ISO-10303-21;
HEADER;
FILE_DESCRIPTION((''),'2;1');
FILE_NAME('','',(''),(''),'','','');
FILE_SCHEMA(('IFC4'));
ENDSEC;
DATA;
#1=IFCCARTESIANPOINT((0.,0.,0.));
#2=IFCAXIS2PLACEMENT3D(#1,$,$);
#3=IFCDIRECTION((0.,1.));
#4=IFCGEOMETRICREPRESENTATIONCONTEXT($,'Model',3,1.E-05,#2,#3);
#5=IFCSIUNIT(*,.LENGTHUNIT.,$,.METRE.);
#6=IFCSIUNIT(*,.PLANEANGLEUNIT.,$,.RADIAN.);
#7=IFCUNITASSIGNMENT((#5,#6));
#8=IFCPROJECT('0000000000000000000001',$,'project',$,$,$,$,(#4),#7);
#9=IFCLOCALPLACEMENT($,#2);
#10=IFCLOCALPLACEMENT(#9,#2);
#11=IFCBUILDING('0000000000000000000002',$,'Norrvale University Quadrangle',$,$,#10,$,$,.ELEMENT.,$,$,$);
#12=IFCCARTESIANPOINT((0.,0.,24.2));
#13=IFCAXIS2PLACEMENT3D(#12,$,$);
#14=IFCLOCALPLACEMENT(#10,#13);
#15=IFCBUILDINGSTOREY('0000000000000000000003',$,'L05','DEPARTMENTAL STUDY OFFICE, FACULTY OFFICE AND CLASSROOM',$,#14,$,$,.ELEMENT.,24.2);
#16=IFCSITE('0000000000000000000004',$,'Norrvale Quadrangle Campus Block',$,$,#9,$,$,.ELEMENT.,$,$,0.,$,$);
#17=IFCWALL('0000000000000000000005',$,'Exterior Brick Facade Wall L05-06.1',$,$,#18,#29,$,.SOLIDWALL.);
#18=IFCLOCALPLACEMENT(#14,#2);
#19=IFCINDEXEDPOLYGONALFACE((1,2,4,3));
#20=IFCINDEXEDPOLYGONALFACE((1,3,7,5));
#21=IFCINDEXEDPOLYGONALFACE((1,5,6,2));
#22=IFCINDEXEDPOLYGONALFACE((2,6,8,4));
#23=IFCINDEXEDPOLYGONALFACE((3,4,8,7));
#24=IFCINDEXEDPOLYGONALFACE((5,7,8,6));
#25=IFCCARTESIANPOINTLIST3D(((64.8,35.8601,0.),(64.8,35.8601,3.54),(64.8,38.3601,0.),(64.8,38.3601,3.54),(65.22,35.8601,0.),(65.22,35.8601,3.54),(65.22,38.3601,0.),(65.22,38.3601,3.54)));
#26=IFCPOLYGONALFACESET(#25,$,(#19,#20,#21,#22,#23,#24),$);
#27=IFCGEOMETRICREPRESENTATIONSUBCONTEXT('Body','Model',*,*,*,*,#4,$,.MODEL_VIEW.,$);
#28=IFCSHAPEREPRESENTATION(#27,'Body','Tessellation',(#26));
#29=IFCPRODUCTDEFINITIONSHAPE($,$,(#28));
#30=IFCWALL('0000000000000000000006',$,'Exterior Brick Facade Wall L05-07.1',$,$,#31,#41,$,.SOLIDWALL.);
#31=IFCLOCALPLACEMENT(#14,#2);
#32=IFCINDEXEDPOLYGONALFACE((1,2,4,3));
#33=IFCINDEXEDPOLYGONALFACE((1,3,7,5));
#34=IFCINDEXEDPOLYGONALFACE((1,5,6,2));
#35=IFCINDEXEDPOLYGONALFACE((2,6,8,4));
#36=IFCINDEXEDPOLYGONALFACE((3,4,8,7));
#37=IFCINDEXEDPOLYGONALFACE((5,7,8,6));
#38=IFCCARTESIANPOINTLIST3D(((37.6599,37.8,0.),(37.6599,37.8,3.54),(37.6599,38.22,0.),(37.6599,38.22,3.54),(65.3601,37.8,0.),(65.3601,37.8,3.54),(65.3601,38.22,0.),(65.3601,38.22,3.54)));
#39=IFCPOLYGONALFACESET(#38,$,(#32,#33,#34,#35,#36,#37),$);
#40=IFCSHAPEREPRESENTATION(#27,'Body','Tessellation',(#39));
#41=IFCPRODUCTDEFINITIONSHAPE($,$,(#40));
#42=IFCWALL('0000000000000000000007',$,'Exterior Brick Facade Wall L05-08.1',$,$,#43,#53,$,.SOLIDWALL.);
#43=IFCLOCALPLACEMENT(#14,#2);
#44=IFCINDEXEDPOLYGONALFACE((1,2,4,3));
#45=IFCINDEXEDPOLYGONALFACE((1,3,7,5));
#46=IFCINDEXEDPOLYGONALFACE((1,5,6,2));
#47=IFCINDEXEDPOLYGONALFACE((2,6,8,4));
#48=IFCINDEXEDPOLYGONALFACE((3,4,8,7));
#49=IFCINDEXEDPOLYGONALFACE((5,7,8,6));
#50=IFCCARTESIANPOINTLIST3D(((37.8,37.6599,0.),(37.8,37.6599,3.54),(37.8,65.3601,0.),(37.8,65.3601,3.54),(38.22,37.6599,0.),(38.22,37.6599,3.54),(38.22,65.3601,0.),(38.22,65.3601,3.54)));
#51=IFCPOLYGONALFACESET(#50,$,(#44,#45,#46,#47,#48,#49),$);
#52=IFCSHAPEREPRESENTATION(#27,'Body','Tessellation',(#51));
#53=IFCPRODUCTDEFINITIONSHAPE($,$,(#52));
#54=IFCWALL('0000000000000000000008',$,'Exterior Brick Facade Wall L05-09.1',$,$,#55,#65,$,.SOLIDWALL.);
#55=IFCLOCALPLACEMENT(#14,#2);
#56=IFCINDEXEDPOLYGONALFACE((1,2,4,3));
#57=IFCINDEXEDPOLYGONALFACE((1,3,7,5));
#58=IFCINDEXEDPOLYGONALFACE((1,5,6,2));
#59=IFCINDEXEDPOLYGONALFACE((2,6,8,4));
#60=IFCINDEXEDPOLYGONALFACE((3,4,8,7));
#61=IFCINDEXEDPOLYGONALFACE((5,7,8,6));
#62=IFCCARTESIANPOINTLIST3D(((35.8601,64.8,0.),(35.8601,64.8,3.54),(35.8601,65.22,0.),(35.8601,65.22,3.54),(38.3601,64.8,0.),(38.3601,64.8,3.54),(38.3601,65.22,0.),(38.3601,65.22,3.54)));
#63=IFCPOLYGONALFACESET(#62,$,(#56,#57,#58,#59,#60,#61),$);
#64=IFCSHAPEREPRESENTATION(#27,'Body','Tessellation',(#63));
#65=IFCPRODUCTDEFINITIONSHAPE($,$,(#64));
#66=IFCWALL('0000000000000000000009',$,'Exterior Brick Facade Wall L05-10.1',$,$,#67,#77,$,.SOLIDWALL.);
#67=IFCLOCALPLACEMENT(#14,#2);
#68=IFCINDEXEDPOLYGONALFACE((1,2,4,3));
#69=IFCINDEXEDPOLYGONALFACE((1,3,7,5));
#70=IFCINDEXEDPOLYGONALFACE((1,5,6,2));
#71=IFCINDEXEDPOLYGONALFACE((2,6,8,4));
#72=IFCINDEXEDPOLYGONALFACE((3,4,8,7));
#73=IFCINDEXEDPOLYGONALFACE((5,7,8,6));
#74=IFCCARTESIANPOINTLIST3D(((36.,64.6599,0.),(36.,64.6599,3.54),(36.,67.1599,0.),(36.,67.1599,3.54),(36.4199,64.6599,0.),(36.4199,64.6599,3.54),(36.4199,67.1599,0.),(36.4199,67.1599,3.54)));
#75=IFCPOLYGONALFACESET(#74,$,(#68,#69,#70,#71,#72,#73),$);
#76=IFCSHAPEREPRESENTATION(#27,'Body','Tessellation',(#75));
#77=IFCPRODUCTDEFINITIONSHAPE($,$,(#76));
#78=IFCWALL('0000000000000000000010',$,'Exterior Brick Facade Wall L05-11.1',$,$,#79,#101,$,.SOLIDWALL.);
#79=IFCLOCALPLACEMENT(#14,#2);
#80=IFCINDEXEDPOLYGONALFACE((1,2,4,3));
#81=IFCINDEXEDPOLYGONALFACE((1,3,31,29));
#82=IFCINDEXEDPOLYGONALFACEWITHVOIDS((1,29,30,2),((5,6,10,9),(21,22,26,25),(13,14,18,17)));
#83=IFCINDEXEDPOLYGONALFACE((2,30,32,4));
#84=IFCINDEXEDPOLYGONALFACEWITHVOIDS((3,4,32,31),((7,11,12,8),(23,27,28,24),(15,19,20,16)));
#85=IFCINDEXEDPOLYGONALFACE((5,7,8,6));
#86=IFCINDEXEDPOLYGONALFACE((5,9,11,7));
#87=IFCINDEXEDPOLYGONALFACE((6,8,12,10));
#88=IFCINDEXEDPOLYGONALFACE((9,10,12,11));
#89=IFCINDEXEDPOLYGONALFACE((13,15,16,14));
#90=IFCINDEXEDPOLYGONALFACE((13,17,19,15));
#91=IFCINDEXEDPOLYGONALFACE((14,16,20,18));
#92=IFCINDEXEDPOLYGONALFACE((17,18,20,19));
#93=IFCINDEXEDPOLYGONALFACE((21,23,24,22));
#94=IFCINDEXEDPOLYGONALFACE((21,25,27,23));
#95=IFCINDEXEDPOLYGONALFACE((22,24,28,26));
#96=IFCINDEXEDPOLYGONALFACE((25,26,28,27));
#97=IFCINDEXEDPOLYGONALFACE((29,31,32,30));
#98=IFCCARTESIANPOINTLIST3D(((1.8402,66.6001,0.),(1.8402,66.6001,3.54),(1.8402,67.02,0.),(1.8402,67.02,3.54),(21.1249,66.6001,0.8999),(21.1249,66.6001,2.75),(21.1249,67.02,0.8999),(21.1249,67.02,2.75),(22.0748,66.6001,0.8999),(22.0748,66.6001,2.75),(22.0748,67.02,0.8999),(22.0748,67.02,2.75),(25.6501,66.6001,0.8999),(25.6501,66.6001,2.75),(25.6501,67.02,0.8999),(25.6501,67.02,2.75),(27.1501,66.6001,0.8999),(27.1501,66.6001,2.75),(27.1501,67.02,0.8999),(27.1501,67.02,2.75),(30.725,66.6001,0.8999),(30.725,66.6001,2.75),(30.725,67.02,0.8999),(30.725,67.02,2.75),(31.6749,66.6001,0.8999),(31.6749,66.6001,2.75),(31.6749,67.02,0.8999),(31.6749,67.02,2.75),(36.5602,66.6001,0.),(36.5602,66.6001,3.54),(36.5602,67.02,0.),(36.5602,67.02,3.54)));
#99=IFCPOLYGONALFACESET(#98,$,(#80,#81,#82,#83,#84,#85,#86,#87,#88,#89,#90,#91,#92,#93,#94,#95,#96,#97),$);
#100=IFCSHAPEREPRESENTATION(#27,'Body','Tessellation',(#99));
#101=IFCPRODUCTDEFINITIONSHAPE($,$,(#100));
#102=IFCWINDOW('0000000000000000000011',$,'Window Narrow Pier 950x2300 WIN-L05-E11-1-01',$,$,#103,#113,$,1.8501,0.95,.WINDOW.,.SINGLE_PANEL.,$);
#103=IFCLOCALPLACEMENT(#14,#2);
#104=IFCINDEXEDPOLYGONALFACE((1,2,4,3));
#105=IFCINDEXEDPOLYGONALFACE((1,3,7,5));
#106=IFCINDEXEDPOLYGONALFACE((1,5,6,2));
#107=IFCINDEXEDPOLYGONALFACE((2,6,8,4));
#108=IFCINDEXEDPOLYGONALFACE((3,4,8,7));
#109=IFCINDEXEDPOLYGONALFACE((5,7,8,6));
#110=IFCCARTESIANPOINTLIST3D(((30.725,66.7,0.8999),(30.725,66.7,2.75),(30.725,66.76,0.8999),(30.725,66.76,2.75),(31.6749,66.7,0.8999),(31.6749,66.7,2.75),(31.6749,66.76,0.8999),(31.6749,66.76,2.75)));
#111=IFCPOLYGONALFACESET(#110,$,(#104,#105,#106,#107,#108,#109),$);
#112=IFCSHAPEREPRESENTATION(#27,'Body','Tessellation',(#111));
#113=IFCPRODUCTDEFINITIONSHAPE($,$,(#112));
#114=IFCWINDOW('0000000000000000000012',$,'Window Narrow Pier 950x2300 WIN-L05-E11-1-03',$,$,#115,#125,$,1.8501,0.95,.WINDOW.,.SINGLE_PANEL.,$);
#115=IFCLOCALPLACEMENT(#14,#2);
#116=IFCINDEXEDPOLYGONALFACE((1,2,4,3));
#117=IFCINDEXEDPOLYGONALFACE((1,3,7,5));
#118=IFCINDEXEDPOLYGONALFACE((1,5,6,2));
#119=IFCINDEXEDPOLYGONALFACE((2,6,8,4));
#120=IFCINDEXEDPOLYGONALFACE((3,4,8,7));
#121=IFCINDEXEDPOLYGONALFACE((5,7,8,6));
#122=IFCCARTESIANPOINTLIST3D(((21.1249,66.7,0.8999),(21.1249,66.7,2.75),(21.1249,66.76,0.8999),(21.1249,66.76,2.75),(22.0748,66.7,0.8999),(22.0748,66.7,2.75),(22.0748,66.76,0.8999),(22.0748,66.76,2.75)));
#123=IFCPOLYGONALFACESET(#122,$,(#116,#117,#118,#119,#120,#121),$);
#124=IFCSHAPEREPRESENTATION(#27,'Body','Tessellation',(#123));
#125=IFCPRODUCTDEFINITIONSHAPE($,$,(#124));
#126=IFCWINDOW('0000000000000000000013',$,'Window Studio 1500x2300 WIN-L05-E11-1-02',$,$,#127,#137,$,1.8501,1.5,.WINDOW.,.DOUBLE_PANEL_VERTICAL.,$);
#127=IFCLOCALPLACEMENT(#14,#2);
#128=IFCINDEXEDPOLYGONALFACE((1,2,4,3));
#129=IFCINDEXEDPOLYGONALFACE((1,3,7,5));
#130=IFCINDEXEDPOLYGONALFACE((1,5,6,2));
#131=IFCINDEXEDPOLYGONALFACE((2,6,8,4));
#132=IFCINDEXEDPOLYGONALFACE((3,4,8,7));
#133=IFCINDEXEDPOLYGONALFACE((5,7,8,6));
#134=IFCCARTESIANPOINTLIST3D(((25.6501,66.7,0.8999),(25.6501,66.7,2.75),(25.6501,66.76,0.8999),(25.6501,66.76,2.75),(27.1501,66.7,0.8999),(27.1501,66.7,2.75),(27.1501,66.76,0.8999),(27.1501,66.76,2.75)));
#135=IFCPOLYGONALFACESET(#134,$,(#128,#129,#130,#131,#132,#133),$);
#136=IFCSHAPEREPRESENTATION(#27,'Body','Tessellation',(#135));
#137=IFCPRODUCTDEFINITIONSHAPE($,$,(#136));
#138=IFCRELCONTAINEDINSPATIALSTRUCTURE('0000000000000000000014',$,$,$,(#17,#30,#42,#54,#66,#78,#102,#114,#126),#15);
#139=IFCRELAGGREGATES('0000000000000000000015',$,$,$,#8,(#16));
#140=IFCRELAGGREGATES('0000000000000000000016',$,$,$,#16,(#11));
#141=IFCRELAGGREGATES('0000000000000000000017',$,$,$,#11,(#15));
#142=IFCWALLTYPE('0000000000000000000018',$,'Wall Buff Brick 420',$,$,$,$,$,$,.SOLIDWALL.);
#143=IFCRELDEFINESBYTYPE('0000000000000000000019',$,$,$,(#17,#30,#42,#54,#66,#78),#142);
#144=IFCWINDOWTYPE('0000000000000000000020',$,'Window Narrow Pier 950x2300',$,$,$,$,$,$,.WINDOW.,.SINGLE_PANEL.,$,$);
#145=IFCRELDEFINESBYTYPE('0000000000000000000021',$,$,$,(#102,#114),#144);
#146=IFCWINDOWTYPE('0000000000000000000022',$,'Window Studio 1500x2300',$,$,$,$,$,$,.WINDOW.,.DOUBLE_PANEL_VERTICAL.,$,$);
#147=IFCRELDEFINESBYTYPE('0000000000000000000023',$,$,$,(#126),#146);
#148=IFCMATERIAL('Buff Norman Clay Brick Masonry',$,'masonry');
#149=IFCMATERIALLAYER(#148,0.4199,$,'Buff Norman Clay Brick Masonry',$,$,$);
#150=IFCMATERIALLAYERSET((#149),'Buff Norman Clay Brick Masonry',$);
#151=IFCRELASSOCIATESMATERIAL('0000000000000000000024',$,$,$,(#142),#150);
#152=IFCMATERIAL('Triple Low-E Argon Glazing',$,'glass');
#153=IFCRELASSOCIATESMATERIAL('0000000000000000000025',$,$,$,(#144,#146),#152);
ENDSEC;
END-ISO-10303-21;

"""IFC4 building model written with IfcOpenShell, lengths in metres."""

from ifc_helpers import new_model, si_unit, direction, frame, frame_2d, origin, place, context, subcontext, project, spatial, rectangle, extrude, material, layer, layer_set, type_object, element, fill, save


model = new_model("IFC4")

# Units and contexts
model_context = context("Model", 3, precision=1e-05, world=origin(), true_north=direction((0.0, 1.0)))
body_context = subcontext(model_context, "Body", "Model", "MODEL_VIEW")
ifc_project = project(units=[si_unit("LENGTHUNIT", "METRE"), si_unit("PLANEANGLEUNIT", "RADIAN")], contexts=[model_context])

# Site, building, storey
site_placement = place(None, origin())
site = spatial("IfcSite", under=ifc_project, at=site_placement, Name="Norrvale Quadrangle Campus Block", CompositionType="ELEMENT", RefElevation=0.0)
building_placement = place(site_placement, origin())
building = spatial("IfcBuilding", under=site, at=building_placement, Name="Norrvale University Quadrangle", CompositionType="ELEMENT")
storey_placement = place(building_placement, frame((0.0, 0.0, 24.2)))
storey = spatial("IfcBuildingStorey", under=building, at=storey_placement, Name="L05", Description="DEPARTMENTAL STUDY OFFICE, FACULTY OFFICE AND CLASSROOM", CompositionType="ELEMENT", Elevation=24.2)

# Walls
ifc_material_1 = material(Name="Buff Norman Clay Brick Masonry", Category="masonry")
ifc_layer = layer(ifc_material_1, 0.4199, Name="Buff Norman Clay Brick Masonry")
ifc_layer_set = layer_set([ifc_layer], Name="Buff Norman Clay Brick Masonry")
wall_type = type_object("IfcWallType", Name="Wall Buff Brick 420", PredefinedType="SOLIDWALL", material=ifc_layer_set)
for number, where, z_axis, x_axis, name in (
    (1, (65.01, 35.8601, 0.0), (0.0, 0.0, 1.0), (0.0, 1.0, 0.0), "Exterior Brick Facade Wall L05-06.1"),
):
    element("IfcWall", number, at=place(storey_placement, frame(where, z_axis=z_axis, x_axis=x_axis)), inside=storey, type_object=wall_type, Name=name, PredefinedType="SOLIDWALL", context=body_context, shape_type="SweptSolid", body=[
        extrude(rectangle(XDim=2.5, YDim=0.4199, at=frame_2d((1.25, 0.0))), origin(), (0.0, 0.0, 1.0), 3.54),
    ])
for number, where, z_axis, x_axis, name in (
    (2, (65.3601, 38.01, 0.0), (0.0, 0.0, 1.0), (-1.0, 0.0, 0.0), "Exterior Brick Facade Wall L05-07.1"),
    (3, (38.01, 37.6599, 0.0), (0.0, 0.0, 1.0), (0.0, 1.0, 0.0), "Exterior Brick Facade Wall L05-08.1"),
):
    element("IfcWall", number, at=place(storey_placement, frame(where, z_axis=z_axis, x_axis=x_axis)), inside=storey, type_object=wall_type, Name=name, PredefinedType="SOLIDWALL", context=body_context, shape_type="SweptSolid", body=[
        extrude(rectangle(XDim=27.7002, YDim=0.4199, at=frame_2d((13.8501, 0.0))), origin(), (0.0, 0.0, 1.0), 3.54),
    ])
for number, where, z_axis, x_axis, name in (
    (4, (38.3601, 65.01, 0.0), (0.0, 0.0, 1.0), (-1.0, 0.0, 0.0), "Exterior Brick Facade Wall L05-09.1"),
    (5, (36.21, 64.6599, 0.0), (0.0, 0.0, 1.0), (0.0, 1.0, 0.0), "Exterior Brick Facade Wall L05-10.1"),
):
    element("IfcWall", number, at=place(storey_placement, frame(where, z_axis=z_axis, x_axis=x_axis)), inside=storey, type_object=wall_type, Name=name, PredefinedType="SOLIDWALL", context=body_context, shape_type="SweptSolid", body=[
        extrude(rectangle(XDim=2.5, YDim=0.4199, at=frame_2d((1.25, 0.0))), origin(), (0.0, 0.0, 1.0), 3.54),
    ])

# Wall, openings, windows
wall_placement = place(storey_placement, frame((36.5601, 66.8101, 0.0), z_axis=(0.0, 0.0, 1.0), x_axis=(-1.0, 0.0, 0.0)))
wall = element("IfcWall", 6, at=wall_placement, inside=storey, type_object=wall_type, Name="Exterior Brick Facade Wall L05-11.1", PredefinedType="SOLIDWALL", context=body_context, shape_type="SweptSolid", body=[
    extrude(rectangle(XDim=34.72, YDim=0.4199, at=frame_2d((17.3599, 0.0))), origin(), (0.0, 0.0, 1.0), 3.54),
])
opening_1_placement = place(wall_placement, frame((4.885, 0.0, 0.8999)))
opening_1 = element("IfcOpeningElement", 7, at=opening_1_placement, cuts=wall, PredefinedType="OPENING", context=body_context, shape_type="SweptSolid", body=[
    extrude(rectangle(XDim=0.95, YDim=1.8501, at=frame_2d((0.4751, 0.925))), frame((0.0, 0.2219, 0.0), z_axis=(0.0, -1.0, 0.0), x_axis=(1.0, 0.0, 0.0)), (0.0, 0.0, 1.0), 0.4438),
])
opening_2_placement = place(wall_placement, frame((9.4099, 0.0, 0.8999)))
opening_2 = element("IfcOpeningElement", 8, at=opening_2_placement, cuts=wall, PredefinedType="OPENING", context=body_context, shape_type="SweptSolid", body=[
    extrude(rectangle(XDim=1.5, YDim=1.8501, at=frame_2d((0.75, 0.925))), frame((0.0, 0.2219, 0.0), z_axis=(0.0, -1.0, 0.0), x_axis=(1.0, 0.0, 0.0)), (0.0, 0.0, 1.0), 0.4438),
])
opening_3_placement = place(wall_placement, frame((14.4851, 0.0, 0.8999)))
opening_3 = element("IfcOpeningElement", 9, at=opening_3_placement, cuts=wall, PredefinedType="OPENING", context=body_context, shape_type="SweptSolid", body=[
    extrude(rectangle(XDim=0.95, YDim=1.8501, at=frame_2d((0.4751, 0.925))), frame((0.0, 0.2219, 0.0), z_axis=(0.0, -1.0, 0.0), x_axis=(1.0, 0.0, 0.0)), (0.0, 0.0, 1.0), 0.4438),
])
ifc_material_2 = material(Name="Triple Low-E Argon Glazing", Category="glass")
window_type_1 = type_object("IfcWindowType", Name="Window Narrow Pier 950x2300", PartitioningType="SINGLE_PANEL", PredefinedType="WINDOW", material=ifc_material_2)
window_1_placement = place(opening_1_placement, origin())
window_1 = element("IfcWindow", 10, at=window_1_placement, inside=storey, type_object=window_type_1, Name="Window Narrow Pier 950x2300 WIN-L05-E11-1-01", OverallHeight=1.8501, OverallWidth=0.95, PartitioningType="SINGLE_PANEL", PredefinedType="WINDOW", context=body_context, shape_type="SweptSolid", body=[
    extrude(rectangle(XDim=0.95, YDim=1.8501, at=frame_2d((0.4751, 0.925))), frame((0.0, 0.1101, 0.0), z_axis=(0.0, -1.0, 0.0), x_axis=(1.0, 0.0, 0.0)), (0.0, 0.0, 1.0), 0.0601),
])
fill(opening_1, window_1)
window_2_placement = place(opening_3_placement, origin())
window_2 = element("IfcWindow", 11, at=window_2_placement, inside=storey, type_object=window_type_1, Name="Window Narrow Pier 950x2300 WIN-L05-E11-1-03", OverallHeight=1.8501, OverallWidth=0.95, PartitioningType="SINGLE_PANEL", PredefinedType="WINDOW", context=body_context, shape_type="SweptSolid", body=[
    extrude(rectangle(XDim=0.95, YDim=1.8501, at=frame_2d((0.4751, 0.925))), frame((0.0, 0.1101, 0.0), z_axis=(0.0, -1.0, 0.0), x_axis=(1.0, 0.0, 0.0)), (0.0, 0.0, 1.0), 0.0601),
])
fill(opening_3, window_2)
window_type_2 = type_object("IfcWindowType", Name="Window Studio 1500x2300", PartitioningType="DOUBLE_PANEL_VERTICAL", PredefinedType="WINDOW", material=ifc_material_2)
window_3_placement = place(opening_2_placement, origin())
window_3 = element("IfcWindow", 12, at=window_3_placement, inside=storey, type_object=window_type_2, Name="Window Studio 1500x2300 WIN-L05-E11-1-02", OverallHeight=1.8501, OverallWidth=1.5, PartitioningType="DOUBLE_PANEL_VERTICAL", PredefinedType="WINDOW", context=body_context, shape_type="SweptSolid", body=[
    extrude(rectangle(XDim=1.5, YDim=1.8501, at=frame_2d((0.75, 0.925))), frame((0.0, 0.1101, 0.0), z_axis=(0.0, -1.0, 0.0), x_axis=(1.0, 0.0, 0.0)), (0.0, 0.0, 1.0), 0.0601),
])
fill(opening_2, window_3)

save(model, "model.ifc")
